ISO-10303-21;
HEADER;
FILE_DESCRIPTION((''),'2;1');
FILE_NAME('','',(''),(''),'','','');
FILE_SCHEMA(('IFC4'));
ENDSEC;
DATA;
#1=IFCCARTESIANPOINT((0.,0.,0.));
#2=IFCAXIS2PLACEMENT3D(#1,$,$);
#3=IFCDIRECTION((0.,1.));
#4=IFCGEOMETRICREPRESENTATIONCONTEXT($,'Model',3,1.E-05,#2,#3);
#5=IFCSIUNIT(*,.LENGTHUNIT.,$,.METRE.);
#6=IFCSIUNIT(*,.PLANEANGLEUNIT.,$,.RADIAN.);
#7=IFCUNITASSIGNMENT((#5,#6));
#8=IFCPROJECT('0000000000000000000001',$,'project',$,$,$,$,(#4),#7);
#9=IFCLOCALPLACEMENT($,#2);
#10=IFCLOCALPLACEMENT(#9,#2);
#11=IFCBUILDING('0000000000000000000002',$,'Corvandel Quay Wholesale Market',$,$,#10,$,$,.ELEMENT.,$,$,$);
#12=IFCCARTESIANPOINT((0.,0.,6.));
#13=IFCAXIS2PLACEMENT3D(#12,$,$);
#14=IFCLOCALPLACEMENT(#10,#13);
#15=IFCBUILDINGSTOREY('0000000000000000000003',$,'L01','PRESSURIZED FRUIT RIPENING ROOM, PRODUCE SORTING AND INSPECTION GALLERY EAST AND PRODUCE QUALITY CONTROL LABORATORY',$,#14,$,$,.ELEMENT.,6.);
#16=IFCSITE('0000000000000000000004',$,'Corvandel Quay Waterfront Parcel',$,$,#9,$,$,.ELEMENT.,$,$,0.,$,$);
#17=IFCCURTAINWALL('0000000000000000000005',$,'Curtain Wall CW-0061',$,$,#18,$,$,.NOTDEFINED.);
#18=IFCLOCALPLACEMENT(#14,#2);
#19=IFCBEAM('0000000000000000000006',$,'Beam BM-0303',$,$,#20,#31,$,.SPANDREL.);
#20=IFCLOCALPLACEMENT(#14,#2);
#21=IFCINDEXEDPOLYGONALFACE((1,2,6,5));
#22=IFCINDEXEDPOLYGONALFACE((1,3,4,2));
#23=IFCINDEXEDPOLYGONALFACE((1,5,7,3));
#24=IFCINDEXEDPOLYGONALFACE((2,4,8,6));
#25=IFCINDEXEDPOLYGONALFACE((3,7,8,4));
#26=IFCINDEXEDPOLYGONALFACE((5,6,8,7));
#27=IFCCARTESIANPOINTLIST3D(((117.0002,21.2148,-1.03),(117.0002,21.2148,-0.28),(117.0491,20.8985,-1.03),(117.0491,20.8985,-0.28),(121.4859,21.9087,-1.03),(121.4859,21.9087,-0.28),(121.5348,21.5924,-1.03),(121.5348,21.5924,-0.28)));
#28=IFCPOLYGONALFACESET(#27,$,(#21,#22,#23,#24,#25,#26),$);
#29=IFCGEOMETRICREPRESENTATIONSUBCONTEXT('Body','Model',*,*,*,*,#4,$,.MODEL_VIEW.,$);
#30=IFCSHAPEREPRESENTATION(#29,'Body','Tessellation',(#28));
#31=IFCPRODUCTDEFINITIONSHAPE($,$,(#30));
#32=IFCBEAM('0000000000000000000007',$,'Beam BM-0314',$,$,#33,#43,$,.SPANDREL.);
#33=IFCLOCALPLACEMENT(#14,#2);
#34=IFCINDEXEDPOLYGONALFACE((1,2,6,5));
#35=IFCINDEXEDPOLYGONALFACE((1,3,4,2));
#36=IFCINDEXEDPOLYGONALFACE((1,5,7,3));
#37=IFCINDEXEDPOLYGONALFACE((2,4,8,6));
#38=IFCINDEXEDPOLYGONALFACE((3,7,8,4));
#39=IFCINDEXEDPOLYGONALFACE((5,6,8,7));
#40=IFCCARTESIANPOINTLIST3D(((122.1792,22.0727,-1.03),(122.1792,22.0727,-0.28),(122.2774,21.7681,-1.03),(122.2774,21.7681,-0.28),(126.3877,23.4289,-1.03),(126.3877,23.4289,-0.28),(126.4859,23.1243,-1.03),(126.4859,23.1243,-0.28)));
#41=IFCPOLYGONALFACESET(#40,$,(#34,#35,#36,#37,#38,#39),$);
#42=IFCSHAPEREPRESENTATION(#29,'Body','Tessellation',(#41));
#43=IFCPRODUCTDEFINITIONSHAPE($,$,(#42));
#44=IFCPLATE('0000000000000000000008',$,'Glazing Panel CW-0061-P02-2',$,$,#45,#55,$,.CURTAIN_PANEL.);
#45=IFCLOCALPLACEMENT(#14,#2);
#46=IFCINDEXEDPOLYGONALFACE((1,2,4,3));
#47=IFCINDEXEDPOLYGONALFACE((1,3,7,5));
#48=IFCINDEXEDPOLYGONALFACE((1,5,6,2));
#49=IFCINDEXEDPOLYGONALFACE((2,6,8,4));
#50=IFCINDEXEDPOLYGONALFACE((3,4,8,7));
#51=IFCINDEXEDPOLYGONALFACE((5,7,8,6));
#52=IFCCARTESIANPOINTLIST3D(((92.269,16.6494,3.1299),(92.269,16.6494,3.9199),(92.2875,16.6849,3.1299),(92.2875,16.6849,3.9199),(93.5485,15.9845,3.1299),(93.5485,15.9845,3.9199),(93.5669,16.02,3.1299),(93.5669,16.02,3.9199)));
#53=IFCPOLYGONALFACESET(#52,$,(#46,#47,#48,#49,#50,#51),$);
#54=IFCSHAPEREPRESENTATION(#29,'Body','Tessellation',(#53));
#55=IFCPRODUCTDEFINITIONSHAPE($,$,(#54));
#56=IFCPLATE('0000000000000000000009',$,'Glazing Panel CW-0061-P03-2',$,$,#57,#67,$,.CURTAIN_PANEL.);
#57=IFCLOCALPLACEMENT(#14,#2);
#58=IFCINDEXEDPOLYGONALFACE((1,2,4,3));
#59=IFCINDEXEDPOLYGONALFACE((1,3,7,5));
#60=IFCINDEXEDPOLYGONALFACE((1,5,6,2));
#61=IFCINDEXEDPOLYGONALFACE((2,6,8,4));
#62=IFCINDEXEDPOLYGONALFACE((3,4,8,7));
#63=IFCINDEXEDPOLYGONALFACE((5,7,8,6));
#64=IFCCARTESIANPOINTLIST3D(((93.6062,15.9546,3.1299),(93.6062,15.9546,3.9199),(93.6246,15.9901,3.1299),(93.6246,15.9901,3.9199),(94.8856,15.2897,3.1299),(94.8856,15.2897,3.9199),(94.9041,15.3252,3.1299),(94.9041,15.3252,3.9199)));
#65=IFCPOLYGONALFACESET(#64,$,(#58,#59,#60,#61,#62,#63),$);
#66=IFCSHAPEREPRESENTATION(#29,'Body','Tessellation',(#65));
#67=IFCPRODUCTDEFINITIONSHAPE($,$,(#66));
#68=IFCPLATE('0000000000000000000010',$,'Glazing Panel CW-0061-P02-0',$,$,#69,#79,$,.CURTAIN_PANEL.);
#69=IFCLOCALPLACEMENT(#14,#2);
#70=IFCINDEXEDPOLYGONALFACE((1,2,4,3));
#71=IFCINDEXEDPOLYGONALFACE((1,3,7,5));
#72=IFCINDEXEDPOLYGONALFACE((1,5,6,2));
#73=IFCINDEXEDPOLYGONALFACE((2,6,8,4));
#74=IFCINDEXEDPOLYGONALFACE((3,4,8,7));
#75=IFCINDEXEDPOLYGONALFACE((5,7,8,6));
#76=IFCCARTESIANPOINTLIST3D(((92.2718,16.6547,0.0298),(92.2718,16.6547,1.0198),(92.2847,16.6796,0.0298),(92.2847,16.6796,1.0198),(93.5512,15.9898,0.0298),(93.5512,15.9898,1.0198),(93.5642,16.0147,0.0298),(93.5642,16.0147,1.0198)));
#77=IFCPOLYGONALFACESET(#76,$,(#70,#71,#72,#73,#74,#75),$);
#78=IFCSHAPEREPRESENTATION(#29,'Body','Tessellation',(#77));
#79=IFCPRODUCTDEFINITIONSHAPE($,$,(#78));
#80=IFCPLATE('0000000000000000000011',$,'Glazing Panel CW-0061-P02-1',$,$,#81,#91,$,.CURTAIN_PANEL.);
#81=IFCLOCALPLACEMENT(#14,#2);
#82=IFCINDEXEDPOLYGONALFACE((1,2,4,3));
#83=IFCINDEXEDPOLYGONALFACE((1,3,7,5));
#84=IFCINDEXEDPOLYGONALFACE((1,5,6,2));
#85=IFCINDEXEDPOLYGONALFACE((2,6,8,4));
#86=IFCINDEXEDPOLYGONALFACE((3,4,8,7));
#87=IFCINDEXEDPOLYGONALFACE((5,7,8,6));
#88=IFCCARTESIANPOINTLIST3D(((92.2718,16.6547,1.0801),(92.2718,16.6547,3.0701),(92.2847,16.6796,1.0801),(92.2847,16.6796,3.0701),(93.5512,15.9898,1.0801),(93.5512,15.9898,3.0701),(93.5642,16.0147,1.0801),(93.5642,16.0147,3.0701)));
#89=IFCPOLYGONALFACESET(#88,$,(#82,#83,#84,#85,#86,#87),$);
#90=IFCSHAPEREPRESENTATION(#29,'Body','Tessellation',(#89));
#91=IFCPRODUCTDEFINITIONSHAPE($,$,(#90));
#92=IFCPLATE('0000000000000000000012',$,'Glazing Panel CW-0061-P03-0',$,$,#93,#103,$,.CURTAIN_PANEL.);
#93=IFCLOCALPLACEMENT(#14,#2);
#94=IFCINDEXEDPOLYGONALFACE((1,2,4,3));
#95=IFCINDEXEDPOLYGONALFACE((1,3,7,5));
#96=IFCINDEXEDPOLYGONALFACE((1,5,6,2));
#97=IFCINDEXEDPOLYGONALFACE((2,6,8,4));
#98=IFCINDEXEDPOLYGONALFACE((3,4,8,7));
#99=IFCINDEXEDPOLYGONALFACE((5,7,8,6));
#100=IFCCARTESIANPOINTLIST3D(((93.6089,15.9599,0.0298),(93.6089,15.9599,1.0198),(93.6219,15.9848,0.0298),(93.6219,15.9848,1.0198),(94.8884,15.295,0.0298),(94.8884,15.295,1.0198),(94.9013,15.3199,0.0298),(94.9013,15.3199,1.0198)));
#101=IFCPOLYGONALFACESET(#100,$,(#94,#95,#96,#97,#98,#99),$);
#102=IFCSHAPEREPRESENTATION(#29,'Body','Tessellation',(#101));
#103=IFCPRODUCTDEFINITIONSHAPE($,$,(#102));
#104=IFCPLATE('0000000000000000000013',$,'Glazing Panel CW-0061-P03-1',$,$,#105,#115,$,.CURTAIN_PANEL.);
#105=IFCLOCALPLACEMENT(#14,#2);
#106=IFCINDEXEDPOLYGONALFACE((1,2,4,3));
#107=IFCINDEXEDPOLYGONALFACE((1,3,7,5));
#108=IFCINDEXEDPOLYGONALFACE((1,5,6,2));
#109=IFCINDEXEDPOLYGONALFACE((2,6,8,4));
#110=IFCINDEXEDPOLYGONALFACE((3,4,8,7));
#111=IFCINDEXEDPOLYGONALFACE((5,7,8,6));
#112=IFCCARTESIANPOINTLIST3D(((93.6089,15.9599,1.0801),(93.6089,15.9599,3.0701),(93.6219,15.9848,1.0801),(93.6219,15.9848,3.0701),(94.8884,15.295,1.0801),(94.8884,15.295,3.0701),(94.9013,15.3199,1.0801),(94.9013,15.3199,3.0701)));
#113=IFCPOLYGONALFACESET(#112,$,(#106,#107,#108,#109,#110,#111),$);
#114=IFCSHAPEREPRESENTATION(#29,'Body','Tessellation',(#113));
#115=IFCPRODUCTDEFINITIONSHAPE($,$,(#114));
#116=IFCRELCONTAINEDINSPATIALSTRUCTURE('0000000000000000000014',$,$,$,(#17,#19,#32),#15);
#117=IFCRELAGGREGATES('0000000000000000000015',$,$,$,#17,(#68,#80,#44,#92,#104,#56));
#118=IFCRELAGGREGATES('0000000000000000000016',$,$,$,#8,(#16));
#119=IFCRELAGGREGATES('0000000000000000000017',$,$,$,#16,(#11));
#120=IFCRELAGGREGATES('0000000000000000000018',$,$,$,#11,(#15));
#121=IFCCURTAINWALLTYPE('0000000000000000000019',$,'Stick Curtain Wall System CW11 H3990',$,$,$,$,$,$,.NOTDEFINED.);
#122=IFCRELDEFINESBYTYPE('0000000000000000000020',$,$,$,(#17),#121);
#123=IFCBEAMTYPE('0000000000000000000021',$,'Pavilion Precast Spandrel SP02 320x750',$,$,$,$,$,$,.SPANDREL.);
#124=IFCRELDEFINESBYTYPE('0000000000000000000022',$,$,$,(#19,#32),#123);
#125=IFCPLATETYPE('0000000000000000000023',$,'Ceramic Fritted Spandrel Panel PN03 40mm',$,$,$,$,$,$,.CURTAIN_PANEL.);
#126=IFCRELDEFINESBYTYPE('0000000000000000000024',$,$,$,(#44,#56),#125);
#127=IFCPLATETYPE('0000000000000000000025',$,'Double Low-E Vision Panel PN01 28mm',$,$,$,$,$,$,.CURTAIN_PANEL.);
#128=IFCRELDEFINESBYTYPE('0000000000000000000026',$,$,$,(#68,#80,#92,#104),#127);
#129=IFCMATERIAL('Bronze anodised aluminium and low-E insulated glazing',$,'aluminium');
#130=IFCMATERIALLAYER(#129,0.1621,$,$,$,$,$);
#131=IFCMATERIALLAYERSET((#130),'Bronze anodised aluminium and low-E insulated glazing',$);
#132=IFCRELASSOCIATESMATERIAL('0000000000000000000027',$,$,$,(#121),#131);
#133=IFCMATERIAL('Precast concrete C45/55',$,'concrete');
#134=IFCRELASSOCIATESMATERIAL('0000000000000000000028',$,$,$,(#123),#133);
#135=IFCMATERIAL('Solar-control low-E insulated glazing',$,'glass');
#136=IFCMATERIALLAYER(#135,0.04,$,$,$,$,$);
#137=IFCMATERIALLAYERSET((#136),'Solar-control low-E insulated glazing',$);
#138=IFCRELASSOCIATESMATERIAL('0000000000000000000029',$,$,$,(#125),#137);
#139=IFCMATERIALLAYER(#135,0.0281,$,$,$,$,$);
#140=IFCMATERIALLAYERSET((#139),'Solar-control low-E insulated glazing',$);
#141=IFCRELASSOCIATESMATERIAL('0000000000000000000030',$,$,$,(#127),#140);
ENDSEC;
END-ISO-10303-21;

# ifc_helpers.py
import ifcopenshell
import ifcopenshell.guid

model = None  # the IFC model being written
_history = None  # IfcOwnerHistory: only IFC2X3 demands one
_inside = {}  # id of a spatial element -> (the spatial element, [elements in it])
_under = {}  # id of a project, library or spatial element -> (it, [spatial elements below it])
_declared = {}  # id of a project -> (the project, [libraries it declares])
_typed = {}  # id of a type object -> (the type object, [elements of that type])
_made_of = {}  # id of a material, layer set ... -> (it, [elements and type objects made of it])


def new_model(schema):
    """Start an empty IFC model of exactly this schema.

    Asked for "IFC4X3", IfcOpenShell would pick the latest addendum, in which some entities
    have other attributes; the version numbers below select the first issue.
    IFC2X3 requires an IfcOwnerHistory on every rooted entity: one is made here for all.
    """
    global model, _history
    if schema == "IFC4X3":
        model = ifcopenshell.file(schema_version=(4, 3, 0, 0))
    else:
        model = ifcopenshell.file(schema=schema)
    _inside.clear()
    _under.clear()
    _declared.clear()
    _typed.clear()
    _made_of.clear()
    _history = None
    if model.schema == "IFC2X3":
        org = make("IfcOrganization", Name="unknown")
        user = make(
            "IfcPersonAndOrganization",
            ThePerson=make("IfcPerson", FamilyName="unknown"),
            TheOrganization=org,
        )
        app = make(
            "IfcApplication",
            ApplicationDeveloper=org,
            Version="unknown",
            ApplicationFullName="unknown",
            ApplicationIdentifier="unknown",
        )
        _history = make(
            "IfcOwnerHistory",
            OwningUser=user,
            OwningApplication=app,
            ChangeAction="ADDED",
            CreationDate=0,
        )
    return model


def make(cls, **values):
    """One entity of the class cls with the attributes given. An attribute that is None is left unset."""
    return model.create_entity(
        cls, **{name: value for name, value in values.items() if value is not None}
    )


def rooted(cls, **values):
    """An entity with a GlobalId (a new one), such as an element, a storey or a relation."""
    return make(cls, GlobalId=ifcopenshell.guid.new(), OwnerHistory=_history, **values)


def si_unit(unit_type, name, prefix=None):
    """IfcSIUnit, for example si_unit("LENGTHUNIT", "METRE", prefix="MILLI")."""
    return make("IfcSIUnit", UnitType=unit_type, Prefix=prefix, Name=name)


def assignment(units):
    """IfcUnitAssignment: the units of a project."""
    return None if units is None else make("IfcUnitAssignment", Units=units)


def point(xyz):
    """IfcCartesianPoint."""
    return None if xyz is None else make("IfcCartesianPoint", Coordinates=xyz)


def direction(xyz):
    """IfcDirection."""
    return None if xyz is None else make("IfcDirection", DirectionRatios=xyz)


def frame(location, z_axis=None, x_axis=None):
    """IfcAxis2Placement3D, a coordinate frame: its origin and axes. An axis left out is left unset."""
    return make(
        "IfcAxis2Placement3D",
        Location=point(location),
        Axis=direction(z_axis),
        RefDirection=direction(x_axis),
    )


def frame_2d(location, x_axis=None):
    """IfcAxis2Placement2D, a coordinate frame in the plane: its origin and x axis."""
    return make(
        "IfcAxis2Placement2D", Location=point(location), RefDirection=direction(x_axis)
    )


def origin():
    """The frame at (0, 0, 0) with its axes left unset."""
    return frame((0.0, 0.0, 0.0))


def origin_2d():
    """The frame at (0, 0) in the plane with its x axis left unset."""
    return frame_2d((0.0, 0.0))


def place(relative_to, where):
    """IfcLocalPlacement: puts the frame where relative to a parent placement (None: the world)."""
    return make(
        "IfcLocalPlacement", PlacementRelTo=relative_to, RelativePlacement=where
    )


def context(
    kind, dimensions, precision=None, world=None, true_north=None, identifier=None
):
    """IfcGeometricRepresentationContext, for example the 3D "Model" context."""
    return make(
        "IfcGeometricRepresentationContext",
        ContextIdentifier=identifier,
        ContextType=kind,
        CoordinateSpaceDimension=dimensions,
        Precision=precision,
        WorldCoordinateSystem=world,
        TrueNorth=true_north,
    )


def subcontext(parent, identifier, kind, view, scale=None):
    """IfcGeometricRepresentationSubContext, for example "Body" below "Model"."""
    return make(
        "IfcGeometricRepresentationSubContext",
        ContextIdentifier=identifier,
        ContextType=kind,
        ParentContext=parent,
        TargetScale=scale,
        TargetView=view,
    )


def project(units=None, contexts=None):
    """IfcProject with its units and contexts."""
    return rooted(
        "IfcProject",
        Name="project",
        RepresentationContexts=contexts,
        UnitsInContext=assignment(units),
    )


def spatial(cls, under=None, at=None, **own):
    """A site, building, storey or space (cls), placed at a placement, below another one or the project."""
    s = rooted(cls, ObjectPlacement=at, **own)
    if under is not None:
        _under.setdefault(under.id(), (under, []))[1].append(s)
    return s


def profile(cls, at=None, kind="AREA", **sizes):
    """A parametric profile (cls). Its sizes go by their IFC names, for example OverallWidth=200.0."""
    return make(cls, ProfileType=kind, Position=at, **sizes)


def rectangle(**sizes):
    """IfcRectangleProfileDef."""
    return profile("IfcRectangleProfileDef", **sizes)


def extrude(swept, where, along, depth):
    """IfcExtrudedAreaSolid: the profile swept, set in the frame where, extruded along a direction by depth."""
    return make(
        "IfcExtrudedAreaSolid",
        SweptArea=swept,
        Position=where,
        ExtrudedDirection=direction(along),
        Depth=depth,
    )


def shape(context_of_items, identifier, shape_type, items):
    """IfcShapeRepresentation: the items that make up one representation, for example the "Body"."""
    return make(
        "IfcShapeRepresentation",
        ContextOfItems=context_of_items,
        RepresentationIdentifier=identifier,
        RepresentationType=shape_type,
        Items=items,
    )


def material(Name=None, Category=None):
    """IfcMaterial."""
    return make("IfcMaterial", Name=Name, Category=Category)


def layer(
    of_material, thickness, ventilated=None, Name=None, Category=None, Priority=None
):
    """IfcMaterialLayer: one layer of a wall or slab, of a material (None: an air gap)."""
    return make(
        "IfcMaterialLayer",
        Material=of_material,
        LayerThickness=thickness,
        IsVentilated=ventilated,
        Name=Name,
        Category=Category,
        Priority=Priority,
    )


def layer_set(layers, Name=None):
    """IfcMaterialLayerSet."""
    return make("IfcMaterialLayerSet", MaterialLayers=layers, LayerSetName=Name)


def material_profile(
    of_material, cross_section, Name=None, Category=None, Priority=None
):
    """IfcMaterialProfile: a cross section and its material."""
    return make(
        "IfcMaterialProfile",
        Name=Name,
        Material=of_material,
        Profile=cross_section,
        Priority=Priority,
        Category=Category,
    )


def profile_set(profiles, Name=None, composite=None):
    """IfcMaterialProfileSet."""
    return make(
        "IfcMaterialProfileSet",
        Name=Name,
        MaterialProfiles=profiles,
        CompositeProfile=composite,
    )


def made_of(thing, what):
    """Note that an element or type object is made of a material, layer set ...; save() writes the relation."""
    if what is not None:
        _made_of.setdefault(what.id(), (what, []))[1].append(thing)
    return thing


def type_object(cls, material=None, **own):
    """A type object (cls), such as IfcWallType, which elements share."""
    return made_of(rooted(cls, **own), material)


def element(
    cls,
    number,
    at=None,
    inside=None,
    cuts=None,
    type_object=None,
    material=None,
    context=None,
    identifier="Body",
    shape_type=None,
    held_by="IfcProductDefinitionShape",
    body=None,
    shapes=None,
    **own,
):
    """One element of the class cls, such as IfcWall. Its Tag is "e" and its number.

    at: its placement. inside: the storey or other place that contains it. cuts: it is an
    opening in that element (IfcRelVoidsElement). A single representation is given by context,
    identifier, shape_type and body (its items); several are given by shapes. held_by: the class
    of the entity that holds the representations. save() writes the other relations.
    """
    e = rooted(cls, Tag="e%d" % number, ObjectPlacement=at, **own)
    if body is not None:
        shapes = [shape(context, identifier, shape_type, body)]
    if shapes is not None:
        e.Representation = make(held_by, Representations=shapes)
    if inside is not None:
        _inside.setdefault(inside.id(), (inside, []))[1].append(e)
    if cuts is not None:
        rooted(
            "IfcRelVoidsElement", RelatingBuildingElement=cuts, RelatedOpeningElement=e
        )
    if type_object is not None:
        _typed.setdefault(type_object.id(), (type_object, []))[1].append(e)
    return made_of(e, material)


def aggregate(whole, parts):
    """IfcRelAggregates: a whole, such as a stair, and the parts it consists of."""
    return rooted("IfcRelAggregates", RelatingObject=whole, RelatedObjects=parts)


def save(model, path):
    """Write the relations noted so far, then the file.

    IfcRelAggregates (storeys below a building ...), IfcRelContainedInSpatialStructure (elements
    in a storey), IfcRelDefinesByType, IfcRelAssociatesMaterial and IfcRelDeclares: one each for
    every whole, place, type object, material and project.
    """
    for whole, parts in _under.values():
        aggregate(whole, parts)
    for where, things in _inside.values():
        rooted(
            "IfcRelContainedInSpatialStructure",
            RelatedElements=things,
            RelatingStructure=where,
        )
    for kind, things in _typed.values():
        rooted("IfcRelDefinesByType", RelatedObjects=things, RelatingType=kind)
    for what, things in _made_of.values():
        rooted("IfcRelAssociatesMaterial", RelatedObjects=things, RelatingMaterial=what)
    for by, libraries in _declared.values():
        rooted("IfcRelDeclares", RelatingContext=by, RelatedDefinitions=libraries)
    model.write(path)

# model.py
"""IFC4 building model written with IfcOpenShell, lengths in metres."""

from ifc_helpers import new_model, si_unit, direction, frame, origin, origin_2d, place, context, subcontext, project, spatial, rectangle, extrude, material, layer, layer_set, material_profile, profile_set, type_object, element, aggregate, save


model = new_model("IFC4")

# Units and contexts
model_context = context("Model", 3, precision=1e-05, world=origin(), true_north=direction((0.0, 1.0)))
body_context = subcontext(model_context, "Body", "Model", "MODEL_VIEW")
ifc_project = project(units=[si_unit("LENGTHUNIT", "METRE"), si_unit("PLANEANGLEUNIT", "RADIAN")], contexts=[model_context])

# Site, building, storey
site_placement = place(None, origin())
site = spatial("IfcSite", under=ifc_project, at=site_placement, Name="Corvandel Quay Waterfront Parcel", CompositionType="ELEMENT", RefElevation=0.0)
building_placement = place(site_placement, origin())
building = spatial("IfcBuilding", under=site, at=building_placement, Name="Corvandel Quay Wholesale Market", CompositionType="ELEMENT")
storey_placement = place(building_placement, frame((0.0, 0.0, 6.0)))
storey = spatial("IfcBuildingStorey", under=building, at=storey_placement, Name="L01", Description="PRESSURIZED FRUIT RIPENING ROOM, PRODUCE SORTING AND INSPECTION GALLERY EAST AND PRODUCE QUALITY CONTROL LABORATORY", CompositionType="ELEMENT", Elevation=6.0)

# Shared definitions
ifc_material_1 = material(Name="Precast concrete C45/55", Category="concrete")

# Curtain wall
ifc_material_2 = material(Name="Bronze anodised aluminium and low-E insulated glazing", Category="aluminium")
ifc_layer_1 = layer(ifc_material_2, 0.1621)
ifc_layer_set_1 = layer_set([ifc_layer_1], Name="Bronze anodised aluminium and low-E insulated glazing")
curtain_wall_type = type_object("IfcCurtainWallType", Name="Stick Curtain Wall System CW11 H3990", PredefinedType="NOTDEFINED", material=ifc_layer_set_1)
curtain_wall_placement = place(storey_placement, origin())
curtain_wall = element("IfcCurtainWall", 1, at=curtain_wall_placement, inside=storey, type_object=curtain_wall_type, Name="Curtain Wall CW-0061", PredefinedType="NOTDEFINED")

# Beams
ifc_material_profile_1 = material_profile(ifc_material_1, rectangle(XDim=0.3201, YDim=0.75, at=origin_2d()), Name="PC-SPN-320x750")
ifc_profile_set_1 = profile_set([ifc_material_profile_1], Name="Precast concrete C45/55")
beam_type = type_object("IfcBeamType", Name="Pavilion Precast Spandrel SP02 320x750", PredefinedType="SPANDREL", material=ifc_profile_set_1)
beam_1_placement = place(storey_placement, frame((117.0247, 21.0566, -0.655), z_axis=(0.988247, 0.152866, 0.0), x_axis=(-0.152866, 0.988247, 0.0)))
element("IfcBeam", 2, at=beam_1_placement, inside=storey, type_object=beam_type, Name="Beam BM-0303", PredefinedType="SPANDREL", context=body_context, shape_type="SweptSolid", body=[
    extrude(rectangle(XDim=0.3201, YDim=0.75, at=origin_2d()), origin(), (0.0, 0.0, 1.0), 4.5391),
])
beam_2_placement = place(storey_placement, frame((122.2283, 21.9204, -0.655), z_axis=(0.9518, 0.30672, 0.0), x_axis=(-0.30672, 0.9518, 0.0)))
element("IfcBeam", 3, at=beam_2_placement, inside=storey, type_object=beam_type, Name="Beam BM-0314", PredefinedType="SPANDREL", context=body_context, shape_type="SweptSolid", body=[
    extrude(rectangle(XDim=0.3201, YDim=0.75, at=origin_2d()), origin(), (0.0, 0.0, 1.0), 4.4216),
])

# Plates
ifc_material_3 = material(Name="Solar-control low-E insulated glazing", Category="glass")
ifc_layer_2 = layer(ifc_material_3, 0.04)
ifc_layer_set_2 = layer_set([ifc_layer_2], Name="Solar-control low-E insulated glazing")
plate_type_1 = type_object("IfcPlateType", Name="Ceramic Fritted Spandrel Panel PN03 40mm", PredefinedType="CURTAIN_PANEL", material=ifc_layer_set_2)
plate_1_placement = place(storey_placement, frame((92.918, 16.3347, 3.1299), z_axis=(0.0, 0.0, 1.0), x_axis=(-0.887333, 0.461129, 0.0)))
plate_1 = element("IfcPlate", 4, at=plate_1_placement, type_object=plate_type_1, Name="Glazing Panel CW-0061-P02-2", PredefinedType="CURTAIN_PANEL", context=body_context, shape_type="SweptSolid", body=[
    extrude(rectangle(XDim=1.4419, YDim=0.04, at=origin_2d()), origin(), (0.0, 0.0, 1.0), 0.79),
])
plate_2_placement = place(storey_placement, frame((94.2551, 15.6399, 3.1299), z_axis=(0.0, 0.0, 1.0), x_axis=(-0.887333, 0.461129, 0.0)))
plate_2 = element("IfcPlate", 5, at=plate_2_placement, type_object=plate_type_1, Name="Glazing Panel CW-0061-P03-2", PredefinedType="CURTAIN_PANEL", context=body_context, shape_type="SweptSolid", body=[
    extrude(rectangle(XDim=1.4419, YDim=0.04, at=origin_2d()), origin(), (0.0, 0.0, 1.0), 0.79),
])
ifc_layer_3 = layer(ifc_material_3, 0.0281)
ifc_layer_set_3 = layer_set([ifc_layer_3], Name="Solar-control low-E insulated glazing")
plate_type_2 = type_object("IfcPlateType", Name="Double Low-E Vision Panel PN01 28mm", PredefinedType="CURTAIN_PANEL", material=ifc_layer_set_3)
plate_3_placement = place(storey_placement, frame((92.918, 16.3347, 0.0298), z_axis=(0.0, 0.0, 1.0), x_axis=(-0.887333, 0.461129, 0.0)))
plate_3 = element("IfcPlate", 6, at=plate_3_placement, type_object=plate_type_2, Name="Glazing Panel CW-0061-P02-0", PredefinedType="CURTAIN_PANEL", context=body_context, shape_type="SweptSolid", body=[
    extrude(rectangle(XDim=1.4419, YDim=0.0281, at=origin_2d()), origin(), (0.0, 0.0, 1.0), 0.99),
])
plate_4_placement = place(storey_placement, frame((92.918, 16.3347, 1.0801), z_axis=(0.0, 0.0, 1.0), x_axis=(-0.887333, 0.461129, 0.0)))
plate_4 = element("IfcPlate", 7, at=plate_4_placement, type_object=plate_type_2, Name="Glazing Panel CW-0061-P02-1", PredefinedType="CURTAIN_PANEL", context=body_context, shape_type="SweptSolid", body=[
    extrude(rectangle(XDim=1.4419, YDim=0.0281, at=origin_2d()), origin(), (0.0, 0.0, 1.0), 1.99),
])
plate_5_placement = place(storey_placement, frame((94.2551, 15.6399, 0.0298), z_axis=(0.0, 0.0, 1.0), x_axis=(-0.887333, 0.461129, 0.0)))
plate_5 = element("IfcPlate", 8, at=plate_5_placement, type_object=plate_type_2, Name="Glazing Panel CW-0061-P03-0", PredefinedType="CURTAIN_PANEL", context=body_context, shape_type="SweptSolid", body=[
    extrude(rectangle(XDim=1.4419, YDim=0.0281, at=origin_2d()), origin(), (0.0, 0.0, 1.0), 0.99),
])
plate_6_placement = place(storey_placement, frame((94.2551, 15.6399, 1.0801), z_axis=(0.0, 0.0, 1.0), x_axis=(-0.887333, 0.461129, 0.0)))
plate_6 = element("IfcPlate", 9, at=plate_6_placement, type_object=plate_type_2, Name="Glazing Panel CW-0061-P03-1", PredefinedType="CURTAIN_PANEL", context=body_context, shape_type="SweptSolid", body=[
    extrude(rectangle(XDim=1.4419, YDim=0.0281, at=origin_2d()), origin(), (0.0, 0.0, 1.0), 1.99),
])
aggregate(curtain_wall, [plate_3, plate_4, plate_1, plate_5, plate_6, plate_2])

save(model, "model.ifc")
